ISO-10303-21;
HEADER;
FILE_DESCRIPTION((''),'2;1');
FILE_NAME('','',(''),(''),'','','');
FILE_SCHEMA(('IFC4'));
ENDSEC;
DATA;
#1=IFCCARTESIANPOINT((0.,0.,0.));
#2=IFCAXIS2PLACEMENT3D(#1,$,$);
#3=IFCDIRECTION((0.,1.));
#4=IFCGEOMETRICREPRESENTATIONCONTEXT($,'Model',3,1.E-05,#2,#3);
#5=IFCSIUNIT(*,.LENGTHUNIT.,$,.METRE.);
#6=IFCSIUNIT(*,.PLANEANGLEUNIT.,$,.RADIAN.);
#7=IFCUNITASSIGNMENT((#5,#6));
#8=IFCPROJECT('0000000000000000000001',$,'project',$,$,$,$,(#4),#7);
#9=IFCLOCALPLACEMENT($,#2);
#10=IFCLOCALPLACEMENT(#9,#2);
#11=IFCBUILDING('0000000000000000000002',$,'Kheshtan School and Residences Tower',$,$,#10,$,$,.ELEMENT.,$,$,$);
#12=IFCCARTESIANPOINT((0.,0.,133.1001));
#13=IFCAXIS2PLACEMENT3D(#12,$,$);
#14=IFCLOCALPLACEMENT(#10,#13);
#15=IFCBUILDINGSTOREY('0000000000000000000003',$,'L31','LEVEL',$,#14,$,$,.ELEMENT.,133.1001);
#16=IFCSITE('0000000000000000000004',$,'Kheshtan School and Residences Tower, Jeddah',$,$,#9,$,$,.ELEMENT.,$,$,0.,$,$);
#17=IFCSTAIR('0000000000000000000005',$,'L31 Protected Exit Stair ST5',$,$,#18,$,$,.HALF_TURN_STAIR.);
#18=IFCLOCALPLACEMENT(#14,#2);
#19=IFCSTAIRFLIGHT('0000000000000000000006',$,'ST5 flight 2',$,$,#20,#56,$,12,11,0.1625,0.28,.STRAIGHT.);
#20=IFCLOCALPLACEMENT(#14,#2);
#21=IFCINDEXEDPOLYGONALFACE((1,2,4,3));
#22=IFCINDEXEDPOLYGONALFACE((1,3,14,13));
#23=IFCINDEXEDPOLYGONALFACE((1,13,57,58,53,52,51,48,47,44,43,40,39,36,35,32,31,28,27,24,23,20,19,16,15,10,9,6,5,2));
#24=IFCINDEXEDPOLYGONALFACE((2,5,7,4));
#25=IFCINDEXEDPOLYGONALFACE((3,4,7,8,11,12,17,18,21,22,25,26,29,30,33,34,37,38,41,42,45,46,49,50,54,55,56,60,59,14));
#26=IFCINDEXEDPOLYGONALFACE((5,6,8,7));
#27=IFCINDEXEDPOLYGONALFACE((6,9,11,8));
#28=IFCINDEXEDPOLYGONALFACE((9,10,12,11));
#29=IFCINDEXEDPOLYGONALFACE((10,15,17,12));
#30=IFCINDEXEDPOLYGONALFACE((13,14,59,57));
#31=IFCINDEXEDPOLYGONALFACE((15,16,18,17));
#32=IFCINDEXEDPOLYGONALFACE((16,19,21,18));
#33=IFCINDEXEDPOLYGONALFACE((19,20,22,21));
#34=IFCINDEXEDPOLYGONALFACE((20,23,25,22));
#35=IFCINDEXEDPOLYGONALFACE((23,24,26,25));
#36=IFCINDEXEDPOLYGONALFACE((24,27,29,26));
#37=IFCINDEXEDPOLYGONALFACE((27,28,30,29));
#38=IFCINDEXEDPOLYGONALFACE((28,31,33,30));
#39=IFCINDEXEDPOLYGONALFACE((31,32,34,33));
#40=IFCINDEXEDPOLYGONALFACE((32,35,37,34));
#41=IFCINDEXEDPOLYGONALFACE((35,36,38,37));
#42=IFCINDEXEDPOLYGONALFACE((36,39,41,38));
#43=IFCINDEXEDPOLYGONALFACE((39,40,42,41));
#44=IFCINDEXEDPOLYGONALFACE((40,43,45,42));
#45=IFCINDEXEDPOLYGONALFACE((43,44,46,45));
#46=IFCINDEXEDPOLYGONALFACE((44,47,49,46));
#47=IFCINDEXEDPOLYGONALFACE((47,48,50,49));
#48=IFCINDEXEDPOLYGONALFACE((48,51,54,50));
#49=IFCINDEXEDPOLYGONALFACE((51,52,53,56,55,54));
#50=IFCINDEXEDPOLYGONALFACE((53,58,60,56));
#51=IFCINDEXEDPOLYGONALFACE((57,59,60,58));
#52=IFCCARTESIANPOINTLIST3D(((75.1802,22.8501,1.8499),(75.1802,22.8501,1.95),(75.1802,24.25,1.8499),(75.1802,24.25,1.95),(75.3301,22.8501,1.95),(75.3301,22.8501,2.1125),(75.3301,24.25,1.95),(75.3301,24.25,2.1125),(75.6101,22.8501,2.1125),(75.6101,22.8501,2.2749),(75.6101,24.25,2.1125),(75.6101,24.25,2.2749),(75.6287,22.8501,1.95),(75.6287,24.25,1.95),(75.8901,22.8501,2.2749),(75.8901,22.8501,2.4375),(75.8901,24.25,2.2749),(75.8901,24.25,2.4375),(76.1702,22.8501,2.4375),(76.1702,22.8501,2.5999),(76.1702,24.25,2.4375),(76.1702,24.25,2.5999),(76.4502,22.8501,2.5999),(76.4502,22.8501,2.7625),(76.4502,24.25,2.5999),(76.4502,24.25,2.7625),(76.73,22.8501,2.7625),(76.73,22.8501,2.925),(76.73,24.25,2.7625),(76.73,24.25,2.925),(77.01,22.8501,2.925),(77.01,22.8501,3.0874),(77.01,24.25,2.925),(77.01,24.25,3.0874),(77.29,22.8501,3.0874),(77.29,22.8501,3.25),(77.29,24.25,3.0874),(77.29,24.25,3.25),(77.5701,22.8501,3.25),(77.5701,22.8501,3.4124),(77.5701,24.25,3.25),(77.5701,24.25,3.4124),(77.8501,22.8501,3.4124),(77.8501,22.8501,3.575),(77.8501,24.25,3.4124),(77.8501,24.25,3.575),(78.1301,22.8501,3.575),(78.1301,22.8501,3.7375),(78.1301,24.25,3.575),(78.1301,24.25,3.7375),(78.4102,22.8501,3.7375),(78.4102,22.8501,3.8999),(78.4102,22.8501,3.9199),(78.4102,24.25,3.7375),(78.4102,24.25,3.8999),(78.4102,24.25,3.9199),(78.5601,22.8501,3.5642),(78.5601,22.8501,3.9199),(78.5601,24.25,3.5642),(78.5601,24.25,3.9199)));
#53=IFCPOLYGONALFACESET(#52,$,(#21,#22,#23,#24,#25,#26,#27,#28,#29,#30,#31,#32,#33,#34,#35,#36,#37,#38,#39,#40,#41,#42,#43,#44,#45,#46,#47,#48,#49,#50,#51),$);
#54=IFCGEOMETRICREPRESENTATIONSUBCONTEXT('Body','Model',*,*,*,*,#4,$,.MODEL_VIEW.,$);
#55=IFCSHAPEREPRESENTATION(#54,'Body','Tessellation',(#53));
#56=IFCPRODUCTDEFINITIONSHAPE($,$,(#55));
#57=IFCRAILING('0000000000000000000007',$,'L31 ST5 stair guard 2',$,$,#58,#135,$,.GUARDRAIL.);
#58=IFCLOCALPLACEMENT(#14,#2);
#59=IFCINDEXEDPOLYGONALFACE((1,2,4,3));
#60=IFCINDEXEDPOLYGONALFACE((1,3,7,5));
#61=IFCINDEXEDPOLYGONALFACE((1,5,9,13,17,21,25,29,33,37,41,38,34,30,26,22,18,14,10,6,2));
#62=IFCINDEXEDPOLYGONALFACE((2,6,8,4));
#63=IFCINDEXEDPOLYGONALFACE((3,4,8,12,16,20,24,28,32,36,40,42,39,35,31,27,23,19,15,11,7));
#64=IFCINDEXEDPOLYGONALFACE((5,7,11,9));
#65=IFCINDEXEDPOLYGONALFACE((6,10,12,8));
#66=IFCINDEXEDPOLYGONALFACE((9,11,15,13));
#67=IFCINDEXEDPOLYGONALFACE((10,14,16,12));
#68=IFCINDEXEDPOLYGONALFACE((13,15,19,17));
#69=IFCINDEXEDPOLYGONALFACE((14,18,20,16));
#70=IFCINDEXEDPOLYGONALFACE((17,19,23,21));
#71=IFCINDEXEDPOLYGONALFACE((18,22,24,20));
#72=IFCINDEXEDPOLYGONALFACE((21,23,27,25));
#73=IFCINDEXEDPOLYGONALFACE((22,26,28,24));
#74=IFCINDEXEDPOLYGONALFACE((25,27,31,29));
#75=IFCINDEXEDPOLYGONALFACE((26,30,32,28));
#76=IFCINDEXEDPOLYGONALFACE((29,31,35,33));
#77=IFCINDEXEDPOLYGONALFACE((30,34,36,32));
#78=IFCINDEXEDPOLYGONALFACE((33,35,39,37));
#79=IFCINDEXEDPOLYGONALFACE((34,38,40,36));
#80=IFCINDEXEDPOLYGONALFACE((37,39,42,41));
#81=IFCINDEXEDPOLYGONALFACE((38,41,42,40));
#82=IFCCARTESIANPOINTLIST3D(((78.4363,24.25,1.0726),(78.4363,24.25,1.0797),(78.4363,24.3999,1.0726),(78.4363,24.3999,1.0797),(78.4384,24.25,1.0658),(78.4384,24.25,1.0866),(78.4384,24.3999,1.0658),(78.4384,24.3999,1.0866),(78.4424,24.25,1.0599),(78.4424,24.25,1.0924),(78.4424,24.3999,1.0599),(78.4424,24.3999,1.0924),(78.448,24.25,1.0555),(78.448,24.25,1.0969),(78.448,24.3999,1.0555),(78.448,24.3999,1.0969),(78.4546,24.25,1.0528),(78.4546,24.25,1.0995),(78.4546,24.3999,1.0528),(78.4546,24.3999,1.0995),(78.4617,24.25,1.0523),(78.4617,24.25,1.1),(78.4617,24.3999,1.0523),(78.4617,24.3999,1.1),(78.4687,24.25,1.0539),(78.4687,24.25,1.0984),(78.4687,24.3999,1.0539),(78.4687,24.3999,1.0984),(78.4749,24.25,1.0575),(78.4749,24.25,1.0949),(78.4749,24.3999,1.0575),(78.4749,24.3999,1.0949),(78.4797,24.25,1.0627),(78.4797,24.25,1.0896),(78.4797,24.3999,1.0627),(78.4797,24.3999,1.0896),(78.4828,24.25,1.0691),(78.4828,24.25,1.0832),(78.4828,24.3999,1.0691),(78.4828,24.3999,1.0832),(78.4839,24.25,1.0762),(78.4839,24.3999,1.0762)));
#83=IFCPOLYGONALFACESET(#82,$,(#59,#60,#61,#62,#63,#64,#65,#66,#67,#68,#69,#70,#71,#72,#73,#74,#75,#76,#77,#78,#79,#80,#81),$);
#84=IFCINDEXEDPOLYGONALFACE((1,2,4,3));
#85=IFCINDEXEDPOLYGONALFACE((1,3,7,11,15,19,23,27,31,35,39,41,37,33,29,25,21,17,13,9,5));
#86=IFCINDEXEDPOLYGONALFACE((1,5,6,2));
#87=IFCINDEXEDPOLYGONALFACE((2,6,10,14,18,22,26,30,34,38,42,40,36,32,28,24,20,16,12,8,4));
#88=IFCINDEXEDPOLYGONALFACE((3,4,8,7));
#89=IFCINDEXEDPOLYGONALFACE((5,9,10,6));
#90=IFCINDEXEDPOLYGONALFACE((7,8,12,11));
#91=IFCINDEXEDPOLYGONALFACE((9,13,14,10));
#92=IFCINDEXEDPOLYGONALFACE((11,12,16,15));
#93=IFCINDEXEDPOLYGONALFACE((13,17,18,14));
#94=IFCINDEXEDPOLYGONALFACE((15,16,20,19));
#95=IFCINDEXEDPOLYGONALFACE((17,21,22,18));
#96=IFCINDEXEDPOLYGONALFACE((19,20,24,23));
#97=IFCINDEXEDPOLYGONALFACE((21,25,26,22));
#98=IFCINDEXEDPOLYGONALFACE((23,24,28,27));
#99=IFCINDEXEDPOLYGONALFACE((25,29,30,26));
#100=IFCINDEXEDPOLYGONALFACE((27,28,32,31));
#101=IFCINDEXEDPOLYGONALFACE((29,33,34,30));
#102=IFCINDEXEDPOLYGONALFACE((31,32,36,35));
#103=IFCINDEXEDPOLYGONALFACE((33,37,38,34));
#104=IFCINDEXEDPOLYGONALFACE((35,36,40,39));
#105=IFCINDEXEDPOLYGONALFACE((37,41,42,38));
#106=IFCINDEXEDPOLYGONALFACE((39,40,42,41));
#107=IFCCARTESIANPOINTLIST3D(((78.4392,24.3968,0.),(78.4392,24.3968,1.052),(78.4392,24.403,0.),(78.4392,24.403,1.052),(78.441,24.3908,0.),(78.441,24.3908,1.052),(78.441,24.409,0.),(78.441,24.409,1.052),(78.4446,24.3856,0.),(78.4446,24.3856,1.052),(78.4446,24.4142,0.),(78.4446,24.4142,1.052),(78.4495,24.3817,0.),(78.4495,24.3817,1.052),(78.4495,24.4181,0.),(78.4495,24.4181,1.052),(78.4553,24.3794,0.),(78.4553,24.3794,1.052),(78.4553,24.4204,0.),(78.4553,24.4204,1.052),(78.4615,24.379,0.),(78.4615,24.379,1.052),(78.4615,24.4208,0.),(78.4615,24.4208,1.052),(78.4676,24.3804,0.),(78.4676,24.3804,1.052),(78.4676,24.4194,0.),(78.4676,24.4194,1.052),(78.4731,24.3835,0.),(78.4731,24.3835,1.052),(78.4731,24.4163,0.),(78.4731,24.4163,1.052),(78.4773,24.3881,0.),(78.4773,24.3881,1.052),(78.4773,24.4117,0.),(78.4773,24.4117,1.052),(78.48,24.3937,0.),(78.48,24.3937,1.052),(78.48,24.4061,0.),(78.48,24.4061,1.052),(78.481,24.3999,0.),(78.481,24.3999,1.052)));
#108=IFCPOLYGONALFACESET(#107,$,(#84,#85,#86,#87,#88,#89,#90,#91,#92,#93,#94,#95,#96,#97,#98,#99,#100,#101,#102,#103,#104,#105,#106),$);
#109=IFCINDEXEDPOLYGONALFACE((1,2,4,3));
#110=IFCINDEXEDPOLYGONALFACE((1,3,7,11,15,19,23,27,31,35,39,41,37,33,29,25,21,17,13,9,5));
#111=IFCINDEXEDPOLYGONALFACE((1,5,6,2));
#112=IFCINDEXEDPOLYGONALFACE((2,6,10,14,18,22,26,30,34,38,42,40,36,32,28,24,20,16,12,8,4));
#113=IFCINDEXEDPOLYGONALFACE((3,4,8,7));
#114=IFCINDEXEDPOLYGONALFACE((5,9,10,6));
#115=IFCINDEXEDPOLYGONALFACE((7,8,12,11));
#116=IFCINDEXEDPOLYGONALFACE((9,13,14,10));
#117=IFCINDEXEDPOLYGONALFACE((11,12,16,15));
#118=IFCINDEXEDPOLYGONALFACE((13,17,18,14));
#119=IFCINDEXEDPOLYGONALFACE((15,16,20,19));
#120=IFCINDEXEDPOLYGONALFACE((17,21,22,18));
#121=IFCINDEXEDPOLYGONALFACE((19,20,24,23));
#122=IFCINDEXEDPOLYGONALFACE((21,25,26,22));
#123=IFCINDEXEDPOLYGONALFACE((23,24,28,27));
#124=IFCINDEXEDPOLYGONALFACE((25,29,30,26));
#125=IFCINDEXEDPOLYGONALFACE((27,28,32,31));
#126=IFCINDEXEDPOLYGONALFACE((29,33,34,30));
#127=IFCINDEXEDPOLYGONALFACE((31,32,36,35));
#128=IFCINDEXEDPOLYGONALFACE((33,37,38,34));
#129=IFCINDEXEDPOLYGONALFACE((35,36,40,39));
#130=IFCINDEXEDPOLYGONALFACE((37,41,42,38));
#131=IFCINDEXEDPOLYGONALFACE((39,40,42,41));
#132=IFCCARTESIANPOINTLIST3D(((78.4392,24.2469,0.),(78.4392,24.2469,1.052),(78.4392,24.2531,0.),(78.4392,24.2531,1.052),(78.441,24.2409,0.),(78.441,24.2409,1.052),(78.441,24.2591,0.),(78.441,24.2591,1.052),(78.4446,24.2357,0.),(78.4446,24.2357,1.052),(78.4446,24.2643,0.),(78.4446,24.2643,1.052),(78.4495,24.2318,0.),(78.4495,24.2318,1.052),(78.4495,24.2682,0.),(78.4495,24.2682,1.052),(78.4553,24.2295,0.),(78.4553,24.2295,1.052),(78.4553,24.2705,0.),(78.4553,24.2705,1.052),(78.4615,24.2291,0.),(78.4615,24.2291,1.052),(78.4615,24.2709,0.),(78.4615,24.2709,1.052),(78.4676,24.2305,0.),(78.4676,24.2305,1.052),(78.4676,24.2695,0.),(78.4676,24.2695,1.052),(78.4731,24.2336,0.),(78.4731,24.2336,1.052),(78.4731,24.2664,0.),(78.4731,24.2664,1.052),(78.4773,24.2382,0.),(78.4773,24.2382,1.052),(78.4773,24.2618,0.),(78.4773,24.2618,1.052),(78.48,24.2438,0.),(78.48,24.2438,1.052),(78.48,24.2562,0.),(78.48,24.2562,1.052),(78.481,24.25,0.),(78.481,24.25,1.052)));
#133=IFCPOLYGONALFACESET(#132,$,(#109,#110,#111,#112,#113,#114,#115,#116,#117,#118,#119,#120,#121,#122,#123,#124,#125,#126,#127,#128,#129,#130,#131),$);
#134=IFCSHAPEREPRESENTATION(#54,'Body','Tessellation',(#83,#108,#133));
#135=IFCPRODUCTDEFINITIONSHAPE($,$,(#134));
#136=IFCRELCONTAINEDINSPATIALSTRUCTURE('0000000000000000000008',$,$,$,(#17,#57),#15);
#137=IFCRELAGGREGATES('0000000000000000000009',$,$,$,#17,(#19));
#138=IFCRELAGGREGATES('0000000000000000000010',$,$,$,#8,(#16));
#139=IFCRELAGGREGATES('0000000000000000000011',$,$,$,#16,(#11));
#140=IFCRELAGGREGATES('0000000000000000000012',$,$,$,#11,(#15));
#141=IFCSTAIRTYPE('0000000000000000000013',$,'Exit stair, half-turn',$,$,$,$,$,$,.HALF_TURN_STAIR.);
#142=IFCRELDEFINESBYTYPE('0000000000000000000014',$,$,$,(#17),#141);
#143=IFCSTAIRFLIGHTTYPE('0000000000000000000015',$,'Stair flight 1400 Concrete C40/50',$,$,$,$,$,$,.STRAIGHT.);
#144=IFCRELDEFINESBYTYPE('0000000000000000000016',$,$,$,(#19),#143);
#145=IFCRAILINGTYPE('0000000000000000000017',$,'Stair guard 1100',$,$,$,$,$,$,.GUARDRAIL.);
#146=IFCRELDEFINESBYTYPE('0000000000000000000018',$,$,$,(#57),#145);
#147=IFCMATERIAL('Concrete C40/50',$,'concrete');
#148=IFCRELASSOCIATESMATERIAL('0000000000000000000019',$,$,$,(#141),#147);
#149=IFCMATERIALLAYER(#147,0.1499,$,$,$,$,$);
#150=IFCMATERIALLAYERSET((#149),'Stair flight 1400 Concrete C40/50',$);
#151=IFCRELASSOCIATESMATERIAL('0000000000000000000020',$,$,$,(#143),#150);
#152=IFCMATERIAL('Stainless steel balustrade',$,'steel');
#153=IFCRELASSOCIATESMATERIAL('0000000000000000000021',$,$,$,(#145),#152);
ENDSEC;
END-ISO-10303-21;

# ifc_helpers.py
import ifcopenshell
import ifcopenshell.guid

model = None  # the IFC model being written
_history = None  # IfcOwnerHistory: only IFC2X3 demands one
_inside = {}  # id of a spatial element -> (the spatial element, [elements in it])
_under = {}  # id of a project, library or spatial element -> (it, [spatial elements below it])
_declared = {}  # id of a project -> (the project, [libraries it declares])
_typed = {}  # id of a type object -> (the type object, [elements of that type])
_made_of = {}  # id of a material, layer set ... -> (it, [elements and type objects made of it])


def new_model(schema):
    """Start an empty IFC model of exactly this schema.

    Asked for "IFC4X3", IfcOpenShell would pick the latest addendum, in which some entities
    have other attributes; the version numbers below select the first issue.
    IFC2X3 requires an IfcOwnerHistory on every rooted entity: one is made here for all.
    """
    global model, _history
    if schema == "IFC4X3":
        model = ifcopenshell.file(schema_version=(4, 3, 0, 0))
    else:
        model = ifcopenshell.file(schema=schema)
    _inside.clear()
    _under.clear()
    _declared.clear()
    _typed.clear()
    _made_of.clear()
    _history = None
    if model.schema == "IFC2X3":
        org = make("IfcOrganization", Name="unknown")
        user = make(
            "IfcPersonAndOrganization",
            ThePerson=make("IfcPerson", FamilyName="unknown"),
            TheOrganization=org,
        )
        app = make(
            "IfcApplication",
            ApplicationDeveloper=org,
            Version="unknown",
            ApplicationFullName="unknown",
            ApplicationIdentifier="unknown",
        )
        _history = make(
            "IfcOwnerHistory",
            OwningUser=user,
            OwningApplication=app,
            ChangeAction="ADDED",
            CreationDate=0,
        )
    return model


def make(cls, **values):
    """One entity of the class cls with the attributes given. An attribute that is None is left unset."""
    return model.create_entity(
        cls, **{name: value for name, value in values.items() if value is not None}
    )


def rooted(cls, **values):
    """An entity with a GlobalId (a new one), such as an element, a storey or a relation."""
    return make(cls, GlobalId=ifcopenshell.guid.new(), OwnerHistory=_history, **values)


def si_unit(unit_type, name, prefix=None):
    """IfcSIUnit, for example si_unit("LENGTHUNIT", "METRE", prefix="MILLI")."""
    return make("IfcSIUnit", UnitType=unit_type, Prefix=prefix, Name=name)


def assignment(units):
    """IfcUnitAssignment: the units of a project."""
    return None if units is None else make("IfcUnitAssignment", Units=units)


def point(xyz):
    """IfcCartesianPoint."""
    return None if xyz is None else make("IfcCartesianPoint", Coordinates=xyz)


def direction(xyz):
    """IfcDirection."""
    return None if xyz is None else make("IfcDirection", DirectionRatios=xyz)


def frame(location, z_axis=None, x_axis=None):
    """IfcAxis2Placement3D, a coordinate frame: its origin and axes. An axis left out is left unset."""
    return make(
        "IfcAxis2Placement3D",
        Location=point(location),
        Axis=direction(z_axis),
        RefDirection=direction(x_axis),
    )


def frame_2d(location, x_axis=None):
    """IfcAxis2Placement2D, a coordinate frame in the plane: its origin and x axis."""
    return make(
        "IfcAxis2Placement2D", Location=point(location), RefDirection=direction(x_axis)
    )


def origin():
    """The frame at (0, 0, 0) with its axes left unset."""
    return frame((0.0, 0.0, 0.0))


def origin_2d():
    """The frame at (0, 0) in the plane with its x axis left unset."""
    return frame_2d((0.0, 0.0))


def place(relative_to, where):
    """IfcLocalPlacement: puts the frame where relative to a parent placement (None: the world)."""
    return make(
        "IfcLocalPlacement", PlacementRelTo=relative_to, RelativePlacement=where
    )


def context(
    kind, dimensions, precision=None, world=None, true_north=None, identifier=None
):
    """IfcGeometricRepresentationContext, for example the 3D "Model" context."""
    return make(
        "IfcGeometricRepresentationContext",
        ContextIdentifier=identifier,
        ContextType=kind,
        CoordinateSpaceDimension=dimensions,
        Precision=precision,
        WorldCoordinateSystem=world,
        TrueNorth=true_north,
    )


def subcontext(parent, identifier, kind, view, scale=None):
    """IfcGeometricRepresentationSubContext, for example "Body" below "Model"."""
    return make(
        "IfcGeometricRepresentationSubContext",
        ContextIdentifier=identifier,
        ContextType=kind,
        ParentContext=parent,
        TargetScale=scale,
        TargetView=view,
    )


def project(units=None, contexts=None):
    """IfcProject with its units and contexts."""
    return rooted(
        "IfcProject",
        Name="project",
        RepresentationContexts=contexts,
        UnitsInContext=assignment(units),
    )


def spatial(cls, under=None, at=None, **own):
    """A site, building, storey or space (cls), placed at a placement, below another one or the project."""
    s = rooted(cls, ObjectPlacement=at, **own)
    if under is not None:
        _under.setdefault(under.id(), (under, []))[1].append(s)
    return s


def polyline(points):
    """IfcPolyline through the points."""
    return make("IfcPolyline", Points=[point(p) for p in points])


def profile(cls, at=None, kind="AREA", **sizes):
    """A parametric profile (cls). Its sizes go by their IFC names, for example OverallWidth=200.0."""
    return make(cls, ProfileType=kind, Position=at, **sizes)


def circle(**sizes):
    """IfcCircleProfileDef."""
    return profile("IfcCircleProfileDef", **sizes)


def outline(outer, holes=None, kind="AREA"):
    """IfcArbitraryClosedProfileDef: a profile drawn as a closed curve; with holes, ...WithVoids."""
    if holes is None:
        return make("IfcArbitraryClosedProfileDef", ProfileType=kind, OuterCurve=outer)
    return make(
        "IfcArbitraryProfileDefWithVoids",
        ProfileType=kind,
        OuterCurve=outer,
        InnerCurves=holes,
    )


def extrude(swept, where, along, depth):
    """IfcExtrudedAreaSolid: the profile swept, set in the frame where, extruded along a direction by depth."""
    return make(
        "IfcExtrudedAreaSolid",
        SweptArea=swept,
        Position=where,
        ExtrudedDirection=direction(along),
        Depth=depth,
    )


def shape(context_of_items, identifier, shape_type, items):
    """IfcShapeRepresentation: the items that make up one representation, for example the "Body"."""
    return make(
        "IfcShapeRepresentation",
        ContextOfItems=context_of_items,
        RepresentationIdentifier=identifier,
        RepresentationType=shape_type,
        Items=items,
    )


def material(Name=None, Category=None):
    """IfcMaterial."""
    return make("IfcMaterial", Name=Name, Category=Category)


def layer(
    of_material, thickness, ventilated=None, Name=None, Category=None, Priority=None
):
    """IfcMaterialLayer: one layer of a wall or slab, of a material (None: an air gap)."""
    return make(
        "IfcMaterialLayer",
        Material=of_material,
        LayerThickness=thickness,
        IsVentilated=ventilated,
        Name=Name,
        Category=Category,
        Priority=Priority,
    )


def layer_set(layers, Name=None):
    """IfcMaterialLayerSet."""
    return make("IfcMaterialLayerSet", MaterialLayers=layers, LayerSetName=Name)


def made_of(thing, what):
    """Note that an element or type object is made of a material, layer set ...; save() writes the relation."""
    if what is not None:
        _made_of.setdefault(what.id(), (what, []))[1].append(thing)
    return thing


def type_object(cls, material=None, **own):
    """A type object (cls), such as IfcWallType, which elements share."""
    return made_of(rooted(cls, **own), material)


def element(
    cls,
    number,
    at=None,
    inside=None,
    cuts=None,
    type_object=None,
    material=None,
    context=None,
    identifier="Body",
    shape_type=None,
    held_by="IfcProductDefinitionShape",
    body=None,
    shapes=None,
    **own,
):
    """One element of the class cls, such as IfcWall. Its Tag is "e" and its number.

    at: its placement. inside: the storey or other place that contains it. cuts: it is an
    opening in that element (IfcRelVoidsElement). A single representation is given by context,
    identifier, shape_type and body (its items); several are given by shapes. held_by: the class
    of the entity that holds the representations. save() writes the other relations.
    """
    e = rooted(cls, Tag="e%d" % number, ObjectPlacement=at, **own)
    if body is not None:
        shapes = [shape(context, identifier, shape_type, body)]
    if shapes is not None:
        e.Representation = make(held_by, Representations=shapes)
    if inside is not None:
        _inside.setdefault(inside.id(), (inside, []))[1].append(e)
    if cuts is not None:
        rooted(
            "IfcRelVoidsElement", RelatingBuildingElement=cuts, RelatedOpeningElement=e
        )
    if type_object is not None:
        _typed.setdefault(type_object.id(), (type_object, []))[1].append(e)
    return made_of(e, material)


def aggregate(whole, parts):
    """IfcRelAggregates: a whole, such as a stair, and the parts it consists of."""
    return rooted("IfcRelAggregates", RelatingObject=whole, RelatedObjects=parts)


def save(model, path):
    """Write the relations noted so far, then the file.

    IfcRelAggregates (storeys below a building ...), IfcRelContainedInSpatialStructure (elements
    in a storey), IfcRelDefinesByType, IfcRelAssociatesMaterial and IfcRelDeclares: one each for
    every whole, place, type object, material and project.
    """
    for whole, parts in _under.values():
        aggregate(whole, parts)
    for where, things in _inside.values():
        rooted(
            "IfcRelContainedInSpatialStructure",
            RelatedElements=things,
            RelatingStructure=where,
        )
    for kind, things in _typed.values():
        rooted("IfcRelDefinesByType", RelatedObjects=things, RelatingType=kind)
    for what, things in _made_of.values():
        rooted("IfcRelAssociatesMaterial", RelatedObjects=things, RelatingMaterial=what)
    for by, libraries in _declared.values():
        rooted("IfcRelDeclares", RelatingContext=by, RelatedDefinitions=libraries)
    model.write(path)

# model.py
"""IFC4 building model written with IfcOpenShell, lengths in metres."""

from ifc_helpers import new_model, si_unit, direction, frame, origin, origin_2d, place, context, subcontext, project, spatial, polyline, circle, outline, extrude, material, layer, layer_set, type_object, element, aggregate, save


model = new_model("IFC4")

# Units and contexts
model_context = context("Model", 3, precision=1e-05, world=origin(), true_north=direction((0.0, 1.0)))
body_context = subcontext(model_context, "Body", "Model", "MODEL_VIEW")
ifc_project = project(units=[si_unit("LENGTHUNIT", "METRE"), si_unit("PLANEANGLEUNIT", "RADIAN")], contexts=[model_context])

# Site, building, storey
site_placement = place(None, origin())
site = spatial("IfcSite", under=ifc_project, at=site_placement, Name="Kheshtan School and Residences Tower, Jeddah", CompositionType="ELEMENT", RefElevation=0.0)
building_placement = place(site_placement, origin())
building = spatial("IfcBuilding", under=site, at=building_placement, Name="Kheshtan School and Residences Tower", CompositionType="ELEMENT")
storey_placement = place(building_placement, frame((0.0, 0.0, 133.1001)))
storey = spatial("IfcBuildingStorey", under=building, at=storey_placement, Name="L31", Description="LEVEL", CompositionType="ELEMENT", Elevation=133.1001)

# Shared definitions
ifc_material_1 = material(Name="Concrete C40/50", Category="concrete")

# Shared definitions
stair_type = type_object("IfcStairType", Name="Exit stair, half-turn", PredefinedType="HALF_TURN_STAIR", material=ifc_material_1)
ifc_layer_1 = layer(ifc_material_1, 0.1499)
ifc_layer_set_1 = layer_set([ifc_layer_1], Name="Stair flight 1400 Concrete C40/50")
stair_flight_type = type_object("IfcStairFlightType", Name="Stair flight 1400 Concrete C40/50", PredefinedType="STRAIGHT", material=ifc_layer_set_1)

# Stair, stair flight
stair_1_placement = place(storey_placement, origin())
stair_1 = element("IfcStair", 1, at=stair_1_placement, inside=storey, type_object=stair_type, Name="L31 Protected Exit Stair ST5", PredefinedType="HALF_TURN_STAIR")
stair_flight_1_placement = place(storey_placement, frame((75.3301, 23.55, 1.95), z_axis=(0.0, 0.0, 1.0), x_axis=(1.0, 0.0, 0.0)))
stair_flight_1 = element("IfcStairFlight", 2, at=stair_flight_1_placement, type_object=stair_flight_type, Name="ST5 flight 2", NumberOfRisers=12, NumberOfTreads=11, PredefinedType="STRAIGHT", RiserHeight=0.1625, TreadLength=0.28, context=body_context, shape_type="SweptSolid", body=[
    extrude(outline(polyline([(-0.1499, -0.1001), (-0.1499, 0.0), (0.0, 0.0), (0.0, 0.1626), (0.28, 0.1626), (0.28, 0.325), (0.5601, 0.325), (0.5601, 0.4875), (0.8401, 0.4875), (0.8401, 0.6499), (1.1201, 0.6499), (1.1201, 0.8125), (1.3999, 0.8125), (1.3999, 0.9751), (1.6799, 0.9751), (1.6799, 1.1375), (1.96, 1.1375), (1.96, 1.3), (2.24, 1.3), (2.24, 1.4624), (2.52, 1.4624), (2.52, 1.625), (2.8, 1.625), (2.8, 1.7876), (3.0801, 1.7876), (3.0801, 1.95), (3.0801, 1.97), (3.23, 1.97), (3.23, 1.6143), (0.2986, 0.0), (-0.1499, -0.1001)])), frame((0.0, 0.7, 0.0), z_axis=(0.0, -1.0, 0.0), x_axis=(1.0, 0.0, 0.0)), (0.0, 0.0, 1.0), 1.3999),
])
aggregate(stair_1, [stair_flight_1])

# Railing
ifc_material_2 = material(Name="Stainless steel balustrade", Category="steel")
railing_type_1 = type_object("IfcRailingType", Name="Stair guard 1100", PredefinedType="GUARDRAIL", material=ifc_material_2)
railing_1_placement = place(storey_placement, frame((78.46, 24.3999, 0.0)))
element("IfcRailing", 3, at=railing_1_placement, inside=storey, type_object=railing_type_1, Name="L31 ST5 stair guard 2", PredefinedType="GUARDRAIL", context=body_context, shape_type="SweptSolid", body=[
    extrude(circle(Radius=0.0239, at=origin_2d()), frame((0.0, 0.0, 1.0762), z_axis=(0.0, -1.0, 0.0), x_axis=(1.0, 0.0, 0.0)), (0.0, 0.0, 1.0), 0.1499),
    extrude(circle(Radius=0.021, at=origin_2d()), origin(), (0.0, 0.0, 1.0), 1.052),
    extrude(circle(Radius=0.021, at=origin_2d()), frame((0.0, -0.1499, 0.0)), (0.0, 0.0, 1.0), 1.052),
])

save(model, "model.ifc")
